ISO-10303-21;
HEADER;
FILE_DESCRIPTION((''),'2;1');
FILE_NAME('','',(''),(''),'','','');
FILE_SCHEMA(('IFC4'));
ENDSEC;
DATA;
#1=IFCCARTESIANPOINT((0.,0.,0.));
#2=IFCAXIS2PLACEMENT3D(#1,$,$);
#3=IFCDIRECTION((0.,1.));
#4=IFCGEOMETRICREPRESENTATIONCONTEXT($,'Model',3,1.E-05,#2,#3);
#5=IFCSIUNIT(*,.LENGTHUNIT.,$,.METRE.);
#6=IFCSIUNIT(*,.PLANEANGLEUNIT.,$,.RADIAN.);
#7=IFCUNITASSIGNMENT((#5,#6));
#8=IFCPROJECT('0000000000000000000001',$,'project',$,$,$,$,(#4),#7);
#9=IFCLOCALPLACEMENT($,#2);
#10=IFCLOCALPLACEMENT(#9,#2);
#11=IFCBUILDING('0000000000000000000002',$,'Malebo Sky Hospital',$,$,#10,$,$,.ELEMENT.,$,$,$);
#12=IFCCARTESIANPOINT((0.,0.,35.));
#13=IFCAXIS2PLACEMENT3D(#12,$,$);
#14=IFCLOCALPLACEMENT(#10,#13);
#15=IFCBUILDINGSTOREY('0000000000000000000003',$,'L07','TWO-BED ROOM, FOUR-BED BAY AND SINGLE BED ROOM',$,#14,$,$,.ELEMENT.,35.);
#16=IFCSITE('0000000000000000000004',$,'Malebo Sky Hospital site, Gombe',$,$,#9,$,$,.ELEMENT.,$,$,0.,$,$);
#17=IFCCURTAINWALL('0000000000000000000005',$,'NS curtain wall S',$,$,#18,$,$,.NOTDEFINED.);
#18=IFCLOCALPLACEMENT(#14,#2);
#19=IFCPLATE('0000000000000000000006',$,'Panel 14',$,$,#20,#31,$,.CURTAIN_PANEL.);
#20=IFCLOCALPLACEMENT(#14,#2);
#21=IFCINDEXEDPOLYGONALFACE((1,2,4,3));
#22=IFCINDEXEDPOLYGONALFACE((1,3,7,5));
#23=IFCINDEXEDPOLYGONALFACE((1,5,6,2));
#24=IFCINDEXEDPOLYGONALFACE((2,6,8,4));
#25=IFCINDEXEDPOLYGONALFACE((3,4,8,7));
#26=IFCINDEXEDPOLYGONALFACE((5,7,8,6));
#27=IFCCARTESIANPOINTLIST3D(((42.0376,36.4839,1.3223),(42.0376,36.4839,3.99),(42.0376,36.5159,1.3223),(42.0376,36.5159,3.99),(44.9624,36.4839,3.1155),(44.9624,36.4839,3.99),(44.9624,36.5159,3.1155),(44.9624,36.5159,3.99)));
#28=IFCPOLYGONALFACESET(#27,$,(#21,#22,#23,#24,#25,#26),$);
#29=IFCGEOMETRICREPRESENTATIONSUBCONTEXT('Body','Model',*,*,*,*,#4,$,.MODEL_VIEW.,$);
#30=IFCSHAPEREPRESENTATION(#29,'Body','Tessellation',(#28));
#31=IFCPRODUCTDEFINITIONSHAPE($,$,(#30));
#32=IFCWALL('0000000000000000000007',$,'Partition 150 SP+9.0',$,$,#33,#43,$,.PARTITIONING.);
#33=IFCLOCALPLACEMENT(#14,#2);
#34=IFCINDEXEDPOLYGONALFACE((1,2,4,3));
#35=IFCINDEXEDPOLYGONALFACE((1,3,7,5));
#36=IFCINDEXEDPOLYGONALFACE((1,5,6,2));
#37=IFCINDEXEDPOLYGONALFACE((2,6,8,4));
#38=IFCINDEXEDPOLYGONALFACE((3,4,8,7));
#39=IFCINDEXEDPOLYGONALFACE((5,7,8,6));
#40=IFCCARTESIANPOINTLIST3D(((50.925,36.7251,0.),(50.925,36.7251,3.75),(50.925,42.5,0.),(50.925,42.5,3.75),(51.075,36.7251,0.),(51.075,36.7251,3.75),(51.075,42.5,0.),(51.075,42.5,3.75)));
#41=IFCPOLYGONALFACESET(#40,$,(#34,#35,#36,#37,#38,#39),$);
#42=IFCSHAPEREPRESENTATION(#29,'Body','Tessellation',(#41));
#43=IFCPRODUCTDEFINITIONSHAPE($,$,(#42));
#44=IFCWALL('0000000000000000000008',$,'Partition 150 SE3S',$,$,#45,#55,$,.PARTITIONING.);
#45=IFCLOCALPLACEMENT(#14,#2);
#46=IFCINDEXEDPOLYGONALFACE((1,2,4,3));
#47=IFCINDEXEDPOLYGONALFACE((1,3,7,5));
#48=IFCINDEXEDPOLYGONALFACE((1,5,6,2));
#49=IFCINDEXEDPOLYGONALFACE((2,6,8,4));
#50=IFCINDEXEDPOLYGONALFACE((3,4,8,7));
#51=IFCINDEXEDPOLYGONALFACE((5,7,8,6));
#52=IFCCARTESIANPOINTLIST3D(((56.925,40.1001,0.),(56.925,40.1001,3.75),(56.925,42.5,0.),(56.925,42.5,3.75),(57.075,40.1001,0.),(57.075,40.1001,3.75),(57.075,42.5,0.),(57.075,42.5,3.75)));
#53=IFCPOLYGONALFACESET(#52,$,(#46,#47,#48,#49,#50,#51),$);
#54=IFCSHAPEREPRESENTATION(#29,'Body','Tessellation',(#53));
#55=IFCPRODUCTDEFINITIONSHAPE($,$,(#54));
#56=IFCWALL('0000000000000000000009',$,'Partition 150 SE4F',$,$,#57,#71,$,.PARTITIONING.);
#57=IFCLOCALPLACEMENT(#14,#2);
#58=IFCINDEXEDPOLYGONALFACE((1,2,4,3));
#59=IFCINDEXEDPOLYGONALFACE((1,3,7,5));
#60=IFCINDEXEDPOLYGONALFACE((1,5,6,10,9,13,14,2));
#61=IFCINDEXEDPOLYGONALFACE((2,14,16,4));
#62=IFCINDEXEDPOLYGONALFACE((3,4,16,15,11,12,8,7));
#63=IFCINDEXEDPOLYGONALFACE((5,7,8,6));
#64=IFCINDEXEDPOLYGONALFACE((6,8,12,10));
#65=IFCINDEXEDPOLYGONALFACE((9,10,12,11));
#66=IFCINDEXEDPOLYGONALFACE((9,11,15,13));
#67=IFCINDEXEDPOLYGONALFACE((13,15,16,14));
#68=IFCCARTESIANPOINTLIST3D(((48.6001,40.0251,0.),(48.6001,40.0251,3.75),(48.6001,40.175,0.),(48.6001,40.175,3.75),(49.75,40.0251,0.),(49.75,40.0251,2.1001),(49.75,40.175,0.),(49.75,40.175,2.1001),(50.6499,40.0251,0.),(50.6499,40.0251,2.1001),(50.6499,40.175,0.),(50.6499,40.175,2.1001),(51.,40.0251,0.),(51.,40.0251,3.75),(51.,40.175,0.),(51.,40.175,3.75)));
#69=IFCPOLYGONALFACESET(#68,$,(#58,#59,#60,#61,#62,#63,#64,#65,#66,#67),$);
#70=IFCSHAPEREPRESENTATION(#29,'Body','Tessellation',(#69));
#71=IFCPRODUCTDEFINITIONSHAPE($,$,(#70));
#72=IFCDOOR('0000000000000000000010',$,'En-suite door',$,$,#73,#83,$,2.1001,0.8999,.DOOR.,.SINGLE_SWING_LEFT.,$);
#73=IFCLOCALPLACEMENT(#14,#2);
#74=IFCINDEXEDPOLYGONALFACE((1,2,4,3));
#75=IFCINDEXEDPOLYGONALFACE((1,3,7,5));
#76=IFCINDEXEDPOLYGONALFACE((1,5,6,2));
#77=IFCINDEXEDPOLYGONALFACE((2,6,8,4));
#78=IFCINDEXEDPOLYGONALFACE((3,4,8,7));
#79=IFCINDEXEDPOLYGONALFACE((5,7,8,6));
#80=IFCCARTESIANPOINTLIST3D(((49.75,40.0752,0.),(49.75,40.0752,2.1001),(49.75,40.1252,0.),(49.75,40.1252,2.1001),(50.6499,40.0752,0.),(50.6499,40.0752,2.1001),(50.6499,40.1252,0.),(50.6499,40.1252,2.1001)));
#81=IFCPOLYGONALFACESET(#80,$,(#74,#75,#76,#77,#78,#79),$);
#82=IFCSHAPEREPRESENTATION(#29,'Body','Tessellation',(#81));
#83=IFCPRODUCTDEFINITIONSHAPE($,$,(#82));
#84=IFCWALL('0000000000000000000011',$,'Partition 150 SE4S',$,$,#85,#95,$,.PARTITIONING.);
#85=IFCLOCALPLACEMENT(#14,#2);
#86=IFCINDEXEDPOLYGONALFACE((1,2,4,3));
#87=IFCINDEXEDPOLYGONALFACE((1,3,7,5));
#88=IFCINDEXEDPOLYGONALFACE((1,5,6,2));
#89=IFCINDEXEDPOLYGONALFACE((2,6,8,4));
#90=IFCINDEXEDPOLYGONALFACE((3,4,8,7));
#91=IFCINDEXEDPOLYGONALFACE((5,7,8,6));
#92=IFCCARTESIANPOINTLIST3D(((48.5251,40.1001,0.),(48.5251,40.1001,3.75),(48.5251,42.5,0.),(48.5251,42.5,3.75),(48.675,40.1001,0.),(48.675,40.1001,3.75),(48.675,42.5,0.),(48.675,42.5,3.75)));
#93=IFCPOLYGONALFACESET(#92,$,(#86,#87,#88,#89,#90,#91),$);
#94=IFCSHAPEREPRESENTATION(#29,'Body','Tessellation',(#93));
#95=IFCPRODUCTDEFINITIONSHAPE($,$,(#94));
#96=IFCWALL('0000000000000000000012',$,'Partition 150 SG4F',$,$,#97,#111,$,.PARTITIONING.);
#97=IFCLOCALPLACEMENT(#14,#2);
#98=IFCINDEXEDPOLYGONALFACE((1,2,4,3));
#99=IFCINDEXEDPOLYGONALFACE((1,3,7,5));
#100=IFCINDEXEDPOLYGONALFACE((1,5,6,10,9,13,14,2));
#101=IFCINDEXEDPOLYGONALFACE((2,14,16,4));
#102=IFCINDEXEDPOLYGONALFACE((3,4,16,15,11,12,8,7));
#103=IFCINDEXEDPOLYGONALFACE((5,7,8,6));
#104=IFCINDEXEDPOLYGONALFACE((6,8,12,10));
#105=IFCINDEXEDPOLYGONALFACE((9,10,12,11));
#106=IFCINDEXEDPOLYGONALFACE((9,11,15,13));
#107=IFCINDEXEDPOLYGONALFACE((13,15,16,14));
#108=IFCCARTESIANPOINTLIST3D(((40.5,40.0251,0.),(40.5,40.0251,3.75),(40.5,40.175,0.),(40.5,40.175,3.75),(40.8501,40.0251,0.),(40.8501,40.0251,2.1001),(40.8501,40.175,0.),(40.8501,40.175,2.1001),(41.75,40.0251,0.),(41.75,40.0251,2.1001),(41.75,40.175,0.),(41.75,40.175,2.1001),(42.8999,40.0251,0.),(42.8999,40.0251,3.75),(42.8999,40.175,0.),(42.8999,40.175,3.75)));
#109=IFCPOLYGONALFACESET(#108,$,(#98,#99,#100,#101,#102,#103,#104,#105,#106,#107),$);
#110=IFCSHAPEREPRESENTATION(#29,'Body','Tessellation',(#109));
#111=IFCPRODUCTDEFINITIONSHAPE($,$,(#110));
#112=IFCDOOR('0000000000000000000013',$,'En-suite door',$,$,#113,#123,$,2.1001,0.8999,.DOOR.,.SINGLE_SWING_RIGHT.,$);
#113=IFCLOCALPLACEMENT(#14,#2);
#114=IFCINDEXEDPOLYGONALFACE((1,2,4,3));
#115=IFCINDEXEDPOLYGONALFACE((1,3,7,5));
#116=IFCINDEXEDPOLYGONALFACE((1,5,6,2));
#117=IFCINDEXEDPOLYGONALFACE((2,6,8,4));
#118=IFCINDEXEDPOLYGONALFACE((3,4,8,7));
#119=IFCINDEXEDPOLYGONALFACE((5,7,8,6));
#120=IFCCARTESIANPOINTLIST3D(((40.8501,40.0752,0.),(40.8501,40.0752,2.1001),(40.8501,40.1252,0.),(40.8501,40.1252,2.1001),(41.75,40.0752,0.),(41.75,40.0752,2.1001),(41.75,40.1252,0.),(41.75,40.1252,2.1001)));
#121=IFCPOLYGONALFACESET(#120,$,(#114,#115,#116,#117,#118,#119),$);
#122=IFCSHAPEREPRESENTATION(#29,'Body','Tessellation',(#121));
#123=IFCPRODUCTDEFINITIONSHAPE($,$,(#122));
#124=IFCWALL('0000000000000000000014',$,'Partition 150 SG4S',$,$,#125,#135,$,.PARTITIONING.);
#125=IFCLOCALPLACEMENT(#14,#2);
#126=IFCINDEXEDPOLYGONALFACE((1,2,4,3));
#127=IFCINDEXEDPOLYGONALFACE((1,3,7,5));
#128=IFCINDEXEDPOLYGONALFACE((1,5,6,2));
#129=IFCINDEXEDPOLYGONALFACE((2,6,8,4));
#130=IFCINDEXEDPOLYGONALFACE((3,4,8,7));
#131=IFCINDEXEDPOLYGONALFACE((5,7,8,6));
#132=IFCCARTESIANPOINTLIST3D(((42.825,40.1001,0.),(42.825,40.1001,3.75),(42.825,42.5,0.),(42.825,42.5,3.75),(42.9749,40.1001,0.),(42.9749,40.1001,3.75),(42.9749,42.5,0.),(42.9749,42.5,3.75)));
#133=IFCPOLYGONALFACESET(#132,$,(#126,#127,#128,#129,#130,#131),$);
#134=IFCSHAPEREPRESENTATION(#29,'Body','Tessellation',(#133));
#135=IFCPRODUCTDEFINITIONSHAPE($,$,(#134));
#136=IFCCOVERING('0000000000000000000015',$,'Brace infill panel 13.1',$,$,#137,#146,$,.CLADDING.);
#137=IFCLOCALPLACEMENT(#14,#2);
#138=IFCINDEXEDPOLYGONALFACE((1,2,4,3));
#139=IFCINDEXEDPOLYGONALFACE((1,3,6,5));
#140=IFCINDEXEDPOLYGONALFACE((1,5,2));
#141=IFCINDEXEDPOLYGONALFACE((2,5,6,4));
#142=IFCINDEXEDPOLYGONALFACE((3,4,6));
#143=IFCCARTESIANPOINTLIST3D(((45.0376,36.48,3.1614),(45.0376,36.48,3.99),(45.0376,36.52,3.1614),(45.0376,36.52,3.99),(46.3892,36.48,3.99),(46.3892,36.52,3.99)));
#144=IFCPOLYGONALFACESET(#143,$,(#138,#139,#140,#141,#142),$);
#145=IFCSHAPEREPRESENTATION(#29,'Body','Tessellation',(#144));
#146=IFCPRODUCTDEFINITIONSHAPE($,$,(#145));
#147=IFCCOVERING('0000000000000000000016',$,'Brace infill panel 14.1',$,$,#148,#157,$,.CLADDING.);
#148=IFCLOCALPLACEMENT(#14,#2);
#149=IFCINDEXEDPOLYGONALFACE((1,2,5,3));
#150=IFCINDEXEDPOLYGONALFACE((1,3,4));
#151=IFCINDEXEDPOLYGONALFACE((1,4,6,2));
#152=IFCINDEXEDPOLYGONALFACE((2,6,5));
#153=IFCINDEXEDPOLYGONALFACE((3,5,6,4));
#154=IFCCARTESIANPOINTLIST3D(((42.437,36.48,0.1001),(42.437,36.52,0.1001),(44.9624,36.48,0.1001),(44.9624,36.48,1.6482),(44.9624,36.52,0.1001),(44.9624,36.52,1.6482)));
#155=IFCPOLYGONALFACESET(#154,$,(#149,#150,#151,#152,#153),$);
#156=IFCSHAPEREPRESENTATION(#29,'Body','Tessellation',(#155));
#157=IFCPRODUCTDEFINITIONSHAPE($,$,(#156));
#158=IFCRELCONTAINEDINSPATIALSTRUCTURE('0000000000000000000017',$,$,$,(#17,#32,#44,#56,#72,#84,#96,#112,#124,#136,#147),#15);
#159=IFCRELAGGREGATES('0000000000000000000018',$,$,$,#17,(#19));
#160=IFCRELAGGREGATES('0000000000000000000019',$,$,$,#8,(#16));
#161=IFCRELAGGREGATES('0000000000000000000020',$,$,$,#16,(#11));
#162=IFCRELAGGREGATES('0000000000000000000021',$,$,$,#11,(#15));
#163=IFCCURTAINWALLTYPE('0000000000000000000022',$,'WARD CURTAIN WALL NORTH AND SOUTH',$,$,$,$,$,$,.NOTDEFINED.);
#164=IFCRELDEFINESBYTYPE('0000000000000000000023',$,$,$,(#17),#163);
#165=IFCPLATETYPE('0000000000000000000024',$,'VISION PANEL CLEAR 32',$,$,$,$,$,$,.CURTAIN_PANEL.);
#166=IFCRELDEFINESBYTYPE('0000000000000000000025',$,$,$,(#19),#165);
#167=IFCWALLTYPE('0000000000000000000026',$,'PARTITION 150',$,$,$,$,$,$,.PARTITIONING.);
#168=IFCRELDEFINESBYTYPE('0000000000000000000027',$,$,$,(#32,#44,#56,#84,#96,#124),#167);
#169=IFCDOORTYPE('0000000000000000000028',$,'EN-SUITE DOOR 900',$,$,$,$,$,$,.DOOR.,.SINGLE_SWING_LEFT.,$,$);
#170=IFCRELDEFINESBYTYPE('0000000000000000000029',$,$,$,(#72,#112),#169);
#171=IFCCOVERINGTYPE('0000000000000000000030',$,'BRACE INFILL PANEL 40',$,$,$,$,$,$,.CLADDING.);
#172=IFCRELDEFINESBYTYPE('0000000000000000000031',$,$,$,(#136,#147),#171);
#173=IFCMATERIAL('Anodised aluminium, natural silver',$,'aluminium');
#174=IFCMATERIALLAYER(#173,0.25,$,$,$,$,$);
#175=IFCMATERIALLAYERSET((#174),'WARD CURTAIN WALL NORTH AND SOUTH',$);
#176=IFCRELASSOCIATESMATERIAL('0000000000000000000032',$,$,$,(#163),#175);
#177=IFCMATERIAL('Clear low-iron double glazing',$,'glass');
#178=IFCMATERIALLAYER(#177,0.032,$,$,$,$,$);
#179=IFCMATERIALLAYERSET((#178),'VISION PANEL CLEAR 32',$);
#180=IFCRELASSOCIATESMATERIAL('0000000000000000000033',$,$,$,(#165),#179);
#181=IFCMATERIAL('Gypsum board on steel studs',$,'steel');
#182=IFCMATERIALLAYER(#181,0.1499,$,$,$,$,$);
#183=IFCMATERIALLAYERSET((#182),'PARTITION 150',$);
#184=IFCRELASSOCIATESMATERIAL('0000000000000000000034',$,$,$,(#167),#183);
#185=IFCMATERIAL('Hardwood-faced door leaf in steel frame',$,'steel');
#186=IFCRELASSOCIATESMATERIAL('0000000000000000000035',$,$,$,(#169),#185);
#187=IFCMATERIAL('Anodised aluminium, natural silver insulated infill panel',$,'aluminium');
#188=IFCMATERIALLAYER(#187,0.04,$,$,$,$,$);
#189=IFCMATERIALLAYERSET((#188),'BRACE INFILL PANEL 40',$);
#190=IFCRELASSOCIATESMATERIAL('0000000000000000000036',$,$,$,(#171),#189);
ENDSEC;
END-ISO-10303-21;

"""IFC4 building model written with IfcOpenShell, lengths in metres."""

from ifc_helpers import new_model, si_unit, direction, frame, frame_2d, origin, place, context, subcontext, project, spatial, polyline, rectangle, outline, extrude, material, layer, layer_set, type_object, element, fill, aggregate, save


model = new_model("IFC4")

# Units and contexts
model_context = context("Model", 3, precision=1e-05, world=origin(), true_north=direction((0.0, 1.0)))
body_context = subcontext(model_context, "Body", "Model", "MODEL_VIEW")
ifc_project = project(units=[si_unit("LENGTHUNIT", "METRE"), si_unit("PLANEANGLEUNIT", "RADIAN")], contexts=[model_context])

# Site, building, storey
site_placement = place(None, origin())
site = spatial("IfcSite", under=ifc_project, at=site_placement, Name="Malebo Sky Hospital site, Gombe", CompositionType="ELEMENT", RefElevation=0.0)
building_placement = place(site_placement, origin())
building = spatial("IfcBuilding", under=site, at=building_placement, Name="Malebo Sky Hospital", CompositionType="ELEMENT")
storey_placement = place(building_placement, frame((0.0, 0.0, 35.0)))
storey = spatial("IfcBuildingStorey", under=building, at=storey_placement, Name="L07", Description="TWO-BED ROOM, FOUR-BED BAY AND SINGLE BED ROOM", CompositionType="ELEMENT", Elevation=35.0)

# Curtain wall
ifc_material_1 = material(Name="Anodised aluminium, natural silver", Category="aluminium")
ifc_layer_1 = layer(ifc_material_1, 0.25)
ifc_layer_set_1 = layer_set([ifc_layer_1], Name="WARD CURTAIN WALL NORTH AND SOUTH")
curtain_wall_type = type_object("IfcCurtainWallType", Name="WARD CURTAIN WALL NORTH AND SOUTH", PredefinedType="NOTDEFINED", material=ifc_layer_set_1)
curtain_wall_placement = place(storey_placement, origin())
curtain_wall = element("IfcCurtainWall", 1, at=curtain_wall_placement, inside=storey, type_object=curtain_wall_type, Name="NS curtain wall S", PredefinedType="NOTDEFINED")

# Plate
ifc_material_2 = material(Name="Clear low-iron double glazing", Category="glass")
ifc_layer_2 = layer(ifc_material_2, 0.032)
ifc_layer_set_2 = layer_set([ifc_layer_2], Name="VISION PANEL CLEAR 32")
plate_type = type_object("IfcPlateType", Name="VISION PANEL CLEAR 32", PredefinedType="CURTAIN_PANEL", material=ifc_layer_set_2)
plate_1_placement = place(storey_placement, frame((43.5, 36.5, 1.3223), z_axis=(0.0, 0.0, 1.0), x_axis=(-1.0, 0.0, 0.0)))
plate_1 = element("IfcPlate", 2, at=plate_1_placement, type_object=plate_type, Name="Panel 14", PredefinedType="CURTAIN_PANEL", context=body_context, shape_type="SweptSolid", body=[
    extrude(outline(polyline([(1.4624, 0.0), (1.4624, 2.6677), (-1.4624, 2.6677), (-1.4624, 1.7932), (1.4624, 0.0)])), frame((0.0, 0.0161, 0.0), z_axis=(0.0, -1.0, 0.0), x_axis=(1.0, 0.0, 0.0)), (0.0, 0.0, 1.0), 0.032),
])
aggregate(curtain_wall, [plate_1])

# Walls
ifc_material_3 = material(Name="Gypsum board on steel studs", Category="steel")
ifc_layer_3 = layer(ifc_material_3, 0.1499)
ifc_layer_set_3 = layer_set([ifc_layer_3], Name="PARTITION 150")
wall_type = type_object("IfcWallType", Name="PARTITION 150", PredefinedType="PARTITIONING", material=ifc_layer_set_3)
wall_1_placement = place(storey_placement, frame((51.0, 42.5, 0.0), z_axis=(0.0, 0.0, 1.0), x_axis=(0.0, -1.0, 0.0)))
element("IfcWall", 3, at=wall_1_placement, inside=storey, type_object=wall_type, Name="Partition 150 SP+9.0", PredefinedType="PARTITIONING", context=body_context, shape_type="SweptSolid", body=[
    extrude(rectangle(XDim=5.7749, YDim=0.1499, at=frame_2d((2.8875, 0.0))), origin(), (0.0, 0.0, 1.0), 3.75),
])
wall_2_placement = place(storey_placement, frame((57.0, 42.5, 0.0), z_axis=(0.0, 0.0, 1.0), x_axis=(0.0, -1.0, 0.0)))
element("IfcWall", 4, at=wall_2_placement, inside=storey, type_object=wall_type, Name="Partition 150 SE3S", PredefinedType="PARTITIONING", context=body_context, shape_type="SweptSolid", body=[
    extrude(rectangle(XDim=2.3999, YDim=0.1499, at=frame_2d((1.2, 0.0))), origin(), (0.0, 0.0, 1.0), 3.75),
])

# Wall, opening, door
wall_3_placement = place(storey_placement, frame((51.0, 40.1001, 0.0), z_axis=(0.0, 0.0, 1.0), x_axis=(-1.0, 0.0, 0.0)))
wall_3 = element("IfcWall", 5, at=wall_3_placement, inside=storey, type_object=wall_type, Name="Partition 150 SE4F", PredefinedType="PARTITIONING", context=body_context, shape_type="SweptSolid", body=[
    extrude(rectangle(XDim=2.3999, YDim=0.1499, at=frame_2d((1.2, 0.0))), origin(), (0.0, 0.0, 1.0), 3.75),
])
opening_1_placement = place(wall_3_placement, frame((0.3501, 0.0, 0.0)))
opening_1 = element("IfcOpeningElement", 6, at=opening_1_placement, cuts=wall_3, PredefinedType="OPENING", context=body_context, shape_type="SweptSolid", body=[
    extrude(rectangle(XDim=0.8999, YDim=2.1001, at=frame_2d((0.45, 1.05))), frame((0.0, 0.085, 0.0), z_axis=(0.0, -1.0, 0.0), x_axis=(1.0, 0.0, 0.0)), (0.0, 0.0, 1.0), 0.1699),
])
ifc_material_4 = material(Name="Hardwood-faced door leaf in steel frame", Category="steel")
door_type = type_object("IfcDoorType", Name="EN-SUITE DOOR 900", OperationType="SINGLE_SWING_LEFT", PredefinedType="DOOR", material=ifc_material_4)
door_1_placement = place(opening_1_placement, origin())
door_1 = element("IfcDoor", 7, at=door_1_placement, inside=storey, type_object=door_type, Name="En-suite door", OperationType="SINGLE_SWING_LEFT", OverallHeight=2.1001, OverallWidth=0.8999, PredefinedType="DOOR", context=body_context, shape_type="SweptSolid", body=[
    extrude(rectangle(XDim=0.8999, YDim=2.1001, at=frame_2d((0.45, 1.05))), frame((0.0, 0.0249, 0.0), z_axis=(0.0, -1.0, 0.0), x_axis=(1.0, 0.0, 0.0)), (0.0, 0.0, 1.0), 0.05),
])
fill(opening_1, door_1)

# Wall
wall_4_placement = place(storey_placement, frame((48.6001, 42.5, 0.0), z_axis=(0.0, 0.0, 1.0), x_axis=(0.0, -1.0, 0.0)))
element("IfcWall", 8, at=wall_4_placement, inside=storey, type_object=wall_type, Name="Partition 150 SE4S", PredefinedType="PARTITIONING", context=body_context, shape_type="SweptSolid", body=[
    extrude(rectangle(XDim=2.3999, YDim=0.1499, at=frame_2d((1.2, 0.0))), origin(), (0.0, 0.0, 1.0), 3.75),
])

# Wall, opening, door
wall_5_placement = place(storey_placement, frame((42.8999, 40.1001, 0.0), z_axis=(0.0, 0.0, 1.0), x_axis=(-1.0, 0.0, 0.0)))
wall_5 = element("IfcWall", 9, at=wall_5_placement, inside=storey, type_object=wall_type, Name="Partition 150 SG4F", PredefinedType="PARTITIONING", context=body_context, shape_type="SweptSolid", body=[
    extrude(rectangle(XDim=2.3999, YDim=0.1499, at=frame_2d((1.2, 0.0))), origin(), (0.0, 0.0, 1.0), 3.75),
])
opening_2_placement = place(wall_5_placement, frame((1.1499, 0.0, 0.0)))
opening_2 = element("IfcOpeningElement", 10, at=opening_2_placement, cuts=wall_5, PredefinedType="OPENING", context=body_context, shape_type="SweptSolid", body=[
    extrude(rectangle(XDim=0.8999, YDim=2.1001, at=frame_2d((0.45, 1.05))), frame((0.0, 0.085, 0.0), z_axis=(0.0, -1.0, 0.0), x_axis=(1.0, 0.0, 0.0)), (0.0, 0.0, 1.0), 0.1699),
])
door_2_placement = place(opening_2_placement, origin())
door_2 = element("IfcDoor", 11, at=door_2_placement, inside=storey, type_object=door_type, Name="En-suite door", OperationType="SINGLE_SWING_RIGHT", OverallHeight=2.1001, OverallWidth=0.8999, PredefinedType="DOOR", context=body_context, shape_type="SweptSolid", body=[
    extrude(rectangle(XDim=0.8999, YDim=2.1001, at=frame_2d((0.45, 1.05))), frame((0.0, 0.0249, 0.0), z_axis=(0.0, -1.0, 0.0), x_axis=(1.0, 0.0, 0.0)), (0.0, 0.0, 1.0), 0.05),
])
fill(opening_2, door_2)

# Wall
wall_6_placement = place(storey_placement, frame((42.8999, 42.5, 0.0), z_axis=(0.0, 0.0, 1.0), x_axis=(0.0, -1.0, 0.0)))
element("IfcWall", 12, at=wall_6_placement, inside=storey, type_object=wall_type, Name="Partition 150 SG4S", PredefinedType="PARTITIONING", context=body_context, shape_type="SweptSolid", body=[
    extrude(rectangle(XDim=2.3999, YDim=0.1499, at=frame_2d((1.2, 0.0))), origin(), (0.0, 0.0, 1.0), 3.75),
])

# Coverings
ifc_material_5 = material(Name="Anodised aluminium, natural silver insulated infill panel", Category="aluminium")
ifc_layer_4 = layer(ifc_material_5, 0.04)
ifc_layer_set_4 = layer_set([ifc_layer_4], Name="BRACE INFILL PANEL 40")
covering_type = type_object("IfcCoveringType", Name="BRACE INFILL PANEL 40", PredefinedType="CLADDING", material=ifc_layer_set_4)
covering_1_placement = place(storey_placement, frame((45.7134, 36.5, 3.1614), z_axis=(0.0, 0.0, 1.0), x_axis=(-1.0, 0.0, 0.0)))
element("IfcCovering", 13, at=covering_1_placement, inside=storey, type_object=covering_type, Name="Brace infill panel 13.1", PredefinedType="CLADDING", context=body_context, shape_type="SweptSolid", body=[
    extrude(outline(polyline([(0.6758, 0.0), (0.6758, 0.8286), (-0.6758, 0.8286), (0.6758, 0.0)])), frame((0.0, 0.02, 0.0), z_axis=(0.0, -1.0, 0.0), x_axis=(1.0, 0.0, 0.0)), (0.0, 0.0, 1.0), 0.04),
])
covering_2_placement = place(storey_placement, frame((43.6997, 36.5, 0.1001), z_axis=(0.0, 0.0, 1.0), x_axis=(-1.0, 0.0, 0.0)))
element("IfcCovering", 14, at=covering_2_placement, inside=storey, type_object=covering_type, Name="Brace infill panel 14.1", PredefinedType="CLADDING", context=body_context, shape_type="SweptSolid", body=[
    extrude(outline(polyline([(-1.2627, 0.0), (1.2627, 0.0), (-1.2627, 1.5481), (-1.2627, 0.0)])), frame((0.0, 0.02, 0.0), z_axis=(0.0, -1.0, 0.0), x_axis=(1.0, 0.0, 0.0)), (0.0, 0.0, 1.0), 0.04),
])

save(model, "model.ifc")
